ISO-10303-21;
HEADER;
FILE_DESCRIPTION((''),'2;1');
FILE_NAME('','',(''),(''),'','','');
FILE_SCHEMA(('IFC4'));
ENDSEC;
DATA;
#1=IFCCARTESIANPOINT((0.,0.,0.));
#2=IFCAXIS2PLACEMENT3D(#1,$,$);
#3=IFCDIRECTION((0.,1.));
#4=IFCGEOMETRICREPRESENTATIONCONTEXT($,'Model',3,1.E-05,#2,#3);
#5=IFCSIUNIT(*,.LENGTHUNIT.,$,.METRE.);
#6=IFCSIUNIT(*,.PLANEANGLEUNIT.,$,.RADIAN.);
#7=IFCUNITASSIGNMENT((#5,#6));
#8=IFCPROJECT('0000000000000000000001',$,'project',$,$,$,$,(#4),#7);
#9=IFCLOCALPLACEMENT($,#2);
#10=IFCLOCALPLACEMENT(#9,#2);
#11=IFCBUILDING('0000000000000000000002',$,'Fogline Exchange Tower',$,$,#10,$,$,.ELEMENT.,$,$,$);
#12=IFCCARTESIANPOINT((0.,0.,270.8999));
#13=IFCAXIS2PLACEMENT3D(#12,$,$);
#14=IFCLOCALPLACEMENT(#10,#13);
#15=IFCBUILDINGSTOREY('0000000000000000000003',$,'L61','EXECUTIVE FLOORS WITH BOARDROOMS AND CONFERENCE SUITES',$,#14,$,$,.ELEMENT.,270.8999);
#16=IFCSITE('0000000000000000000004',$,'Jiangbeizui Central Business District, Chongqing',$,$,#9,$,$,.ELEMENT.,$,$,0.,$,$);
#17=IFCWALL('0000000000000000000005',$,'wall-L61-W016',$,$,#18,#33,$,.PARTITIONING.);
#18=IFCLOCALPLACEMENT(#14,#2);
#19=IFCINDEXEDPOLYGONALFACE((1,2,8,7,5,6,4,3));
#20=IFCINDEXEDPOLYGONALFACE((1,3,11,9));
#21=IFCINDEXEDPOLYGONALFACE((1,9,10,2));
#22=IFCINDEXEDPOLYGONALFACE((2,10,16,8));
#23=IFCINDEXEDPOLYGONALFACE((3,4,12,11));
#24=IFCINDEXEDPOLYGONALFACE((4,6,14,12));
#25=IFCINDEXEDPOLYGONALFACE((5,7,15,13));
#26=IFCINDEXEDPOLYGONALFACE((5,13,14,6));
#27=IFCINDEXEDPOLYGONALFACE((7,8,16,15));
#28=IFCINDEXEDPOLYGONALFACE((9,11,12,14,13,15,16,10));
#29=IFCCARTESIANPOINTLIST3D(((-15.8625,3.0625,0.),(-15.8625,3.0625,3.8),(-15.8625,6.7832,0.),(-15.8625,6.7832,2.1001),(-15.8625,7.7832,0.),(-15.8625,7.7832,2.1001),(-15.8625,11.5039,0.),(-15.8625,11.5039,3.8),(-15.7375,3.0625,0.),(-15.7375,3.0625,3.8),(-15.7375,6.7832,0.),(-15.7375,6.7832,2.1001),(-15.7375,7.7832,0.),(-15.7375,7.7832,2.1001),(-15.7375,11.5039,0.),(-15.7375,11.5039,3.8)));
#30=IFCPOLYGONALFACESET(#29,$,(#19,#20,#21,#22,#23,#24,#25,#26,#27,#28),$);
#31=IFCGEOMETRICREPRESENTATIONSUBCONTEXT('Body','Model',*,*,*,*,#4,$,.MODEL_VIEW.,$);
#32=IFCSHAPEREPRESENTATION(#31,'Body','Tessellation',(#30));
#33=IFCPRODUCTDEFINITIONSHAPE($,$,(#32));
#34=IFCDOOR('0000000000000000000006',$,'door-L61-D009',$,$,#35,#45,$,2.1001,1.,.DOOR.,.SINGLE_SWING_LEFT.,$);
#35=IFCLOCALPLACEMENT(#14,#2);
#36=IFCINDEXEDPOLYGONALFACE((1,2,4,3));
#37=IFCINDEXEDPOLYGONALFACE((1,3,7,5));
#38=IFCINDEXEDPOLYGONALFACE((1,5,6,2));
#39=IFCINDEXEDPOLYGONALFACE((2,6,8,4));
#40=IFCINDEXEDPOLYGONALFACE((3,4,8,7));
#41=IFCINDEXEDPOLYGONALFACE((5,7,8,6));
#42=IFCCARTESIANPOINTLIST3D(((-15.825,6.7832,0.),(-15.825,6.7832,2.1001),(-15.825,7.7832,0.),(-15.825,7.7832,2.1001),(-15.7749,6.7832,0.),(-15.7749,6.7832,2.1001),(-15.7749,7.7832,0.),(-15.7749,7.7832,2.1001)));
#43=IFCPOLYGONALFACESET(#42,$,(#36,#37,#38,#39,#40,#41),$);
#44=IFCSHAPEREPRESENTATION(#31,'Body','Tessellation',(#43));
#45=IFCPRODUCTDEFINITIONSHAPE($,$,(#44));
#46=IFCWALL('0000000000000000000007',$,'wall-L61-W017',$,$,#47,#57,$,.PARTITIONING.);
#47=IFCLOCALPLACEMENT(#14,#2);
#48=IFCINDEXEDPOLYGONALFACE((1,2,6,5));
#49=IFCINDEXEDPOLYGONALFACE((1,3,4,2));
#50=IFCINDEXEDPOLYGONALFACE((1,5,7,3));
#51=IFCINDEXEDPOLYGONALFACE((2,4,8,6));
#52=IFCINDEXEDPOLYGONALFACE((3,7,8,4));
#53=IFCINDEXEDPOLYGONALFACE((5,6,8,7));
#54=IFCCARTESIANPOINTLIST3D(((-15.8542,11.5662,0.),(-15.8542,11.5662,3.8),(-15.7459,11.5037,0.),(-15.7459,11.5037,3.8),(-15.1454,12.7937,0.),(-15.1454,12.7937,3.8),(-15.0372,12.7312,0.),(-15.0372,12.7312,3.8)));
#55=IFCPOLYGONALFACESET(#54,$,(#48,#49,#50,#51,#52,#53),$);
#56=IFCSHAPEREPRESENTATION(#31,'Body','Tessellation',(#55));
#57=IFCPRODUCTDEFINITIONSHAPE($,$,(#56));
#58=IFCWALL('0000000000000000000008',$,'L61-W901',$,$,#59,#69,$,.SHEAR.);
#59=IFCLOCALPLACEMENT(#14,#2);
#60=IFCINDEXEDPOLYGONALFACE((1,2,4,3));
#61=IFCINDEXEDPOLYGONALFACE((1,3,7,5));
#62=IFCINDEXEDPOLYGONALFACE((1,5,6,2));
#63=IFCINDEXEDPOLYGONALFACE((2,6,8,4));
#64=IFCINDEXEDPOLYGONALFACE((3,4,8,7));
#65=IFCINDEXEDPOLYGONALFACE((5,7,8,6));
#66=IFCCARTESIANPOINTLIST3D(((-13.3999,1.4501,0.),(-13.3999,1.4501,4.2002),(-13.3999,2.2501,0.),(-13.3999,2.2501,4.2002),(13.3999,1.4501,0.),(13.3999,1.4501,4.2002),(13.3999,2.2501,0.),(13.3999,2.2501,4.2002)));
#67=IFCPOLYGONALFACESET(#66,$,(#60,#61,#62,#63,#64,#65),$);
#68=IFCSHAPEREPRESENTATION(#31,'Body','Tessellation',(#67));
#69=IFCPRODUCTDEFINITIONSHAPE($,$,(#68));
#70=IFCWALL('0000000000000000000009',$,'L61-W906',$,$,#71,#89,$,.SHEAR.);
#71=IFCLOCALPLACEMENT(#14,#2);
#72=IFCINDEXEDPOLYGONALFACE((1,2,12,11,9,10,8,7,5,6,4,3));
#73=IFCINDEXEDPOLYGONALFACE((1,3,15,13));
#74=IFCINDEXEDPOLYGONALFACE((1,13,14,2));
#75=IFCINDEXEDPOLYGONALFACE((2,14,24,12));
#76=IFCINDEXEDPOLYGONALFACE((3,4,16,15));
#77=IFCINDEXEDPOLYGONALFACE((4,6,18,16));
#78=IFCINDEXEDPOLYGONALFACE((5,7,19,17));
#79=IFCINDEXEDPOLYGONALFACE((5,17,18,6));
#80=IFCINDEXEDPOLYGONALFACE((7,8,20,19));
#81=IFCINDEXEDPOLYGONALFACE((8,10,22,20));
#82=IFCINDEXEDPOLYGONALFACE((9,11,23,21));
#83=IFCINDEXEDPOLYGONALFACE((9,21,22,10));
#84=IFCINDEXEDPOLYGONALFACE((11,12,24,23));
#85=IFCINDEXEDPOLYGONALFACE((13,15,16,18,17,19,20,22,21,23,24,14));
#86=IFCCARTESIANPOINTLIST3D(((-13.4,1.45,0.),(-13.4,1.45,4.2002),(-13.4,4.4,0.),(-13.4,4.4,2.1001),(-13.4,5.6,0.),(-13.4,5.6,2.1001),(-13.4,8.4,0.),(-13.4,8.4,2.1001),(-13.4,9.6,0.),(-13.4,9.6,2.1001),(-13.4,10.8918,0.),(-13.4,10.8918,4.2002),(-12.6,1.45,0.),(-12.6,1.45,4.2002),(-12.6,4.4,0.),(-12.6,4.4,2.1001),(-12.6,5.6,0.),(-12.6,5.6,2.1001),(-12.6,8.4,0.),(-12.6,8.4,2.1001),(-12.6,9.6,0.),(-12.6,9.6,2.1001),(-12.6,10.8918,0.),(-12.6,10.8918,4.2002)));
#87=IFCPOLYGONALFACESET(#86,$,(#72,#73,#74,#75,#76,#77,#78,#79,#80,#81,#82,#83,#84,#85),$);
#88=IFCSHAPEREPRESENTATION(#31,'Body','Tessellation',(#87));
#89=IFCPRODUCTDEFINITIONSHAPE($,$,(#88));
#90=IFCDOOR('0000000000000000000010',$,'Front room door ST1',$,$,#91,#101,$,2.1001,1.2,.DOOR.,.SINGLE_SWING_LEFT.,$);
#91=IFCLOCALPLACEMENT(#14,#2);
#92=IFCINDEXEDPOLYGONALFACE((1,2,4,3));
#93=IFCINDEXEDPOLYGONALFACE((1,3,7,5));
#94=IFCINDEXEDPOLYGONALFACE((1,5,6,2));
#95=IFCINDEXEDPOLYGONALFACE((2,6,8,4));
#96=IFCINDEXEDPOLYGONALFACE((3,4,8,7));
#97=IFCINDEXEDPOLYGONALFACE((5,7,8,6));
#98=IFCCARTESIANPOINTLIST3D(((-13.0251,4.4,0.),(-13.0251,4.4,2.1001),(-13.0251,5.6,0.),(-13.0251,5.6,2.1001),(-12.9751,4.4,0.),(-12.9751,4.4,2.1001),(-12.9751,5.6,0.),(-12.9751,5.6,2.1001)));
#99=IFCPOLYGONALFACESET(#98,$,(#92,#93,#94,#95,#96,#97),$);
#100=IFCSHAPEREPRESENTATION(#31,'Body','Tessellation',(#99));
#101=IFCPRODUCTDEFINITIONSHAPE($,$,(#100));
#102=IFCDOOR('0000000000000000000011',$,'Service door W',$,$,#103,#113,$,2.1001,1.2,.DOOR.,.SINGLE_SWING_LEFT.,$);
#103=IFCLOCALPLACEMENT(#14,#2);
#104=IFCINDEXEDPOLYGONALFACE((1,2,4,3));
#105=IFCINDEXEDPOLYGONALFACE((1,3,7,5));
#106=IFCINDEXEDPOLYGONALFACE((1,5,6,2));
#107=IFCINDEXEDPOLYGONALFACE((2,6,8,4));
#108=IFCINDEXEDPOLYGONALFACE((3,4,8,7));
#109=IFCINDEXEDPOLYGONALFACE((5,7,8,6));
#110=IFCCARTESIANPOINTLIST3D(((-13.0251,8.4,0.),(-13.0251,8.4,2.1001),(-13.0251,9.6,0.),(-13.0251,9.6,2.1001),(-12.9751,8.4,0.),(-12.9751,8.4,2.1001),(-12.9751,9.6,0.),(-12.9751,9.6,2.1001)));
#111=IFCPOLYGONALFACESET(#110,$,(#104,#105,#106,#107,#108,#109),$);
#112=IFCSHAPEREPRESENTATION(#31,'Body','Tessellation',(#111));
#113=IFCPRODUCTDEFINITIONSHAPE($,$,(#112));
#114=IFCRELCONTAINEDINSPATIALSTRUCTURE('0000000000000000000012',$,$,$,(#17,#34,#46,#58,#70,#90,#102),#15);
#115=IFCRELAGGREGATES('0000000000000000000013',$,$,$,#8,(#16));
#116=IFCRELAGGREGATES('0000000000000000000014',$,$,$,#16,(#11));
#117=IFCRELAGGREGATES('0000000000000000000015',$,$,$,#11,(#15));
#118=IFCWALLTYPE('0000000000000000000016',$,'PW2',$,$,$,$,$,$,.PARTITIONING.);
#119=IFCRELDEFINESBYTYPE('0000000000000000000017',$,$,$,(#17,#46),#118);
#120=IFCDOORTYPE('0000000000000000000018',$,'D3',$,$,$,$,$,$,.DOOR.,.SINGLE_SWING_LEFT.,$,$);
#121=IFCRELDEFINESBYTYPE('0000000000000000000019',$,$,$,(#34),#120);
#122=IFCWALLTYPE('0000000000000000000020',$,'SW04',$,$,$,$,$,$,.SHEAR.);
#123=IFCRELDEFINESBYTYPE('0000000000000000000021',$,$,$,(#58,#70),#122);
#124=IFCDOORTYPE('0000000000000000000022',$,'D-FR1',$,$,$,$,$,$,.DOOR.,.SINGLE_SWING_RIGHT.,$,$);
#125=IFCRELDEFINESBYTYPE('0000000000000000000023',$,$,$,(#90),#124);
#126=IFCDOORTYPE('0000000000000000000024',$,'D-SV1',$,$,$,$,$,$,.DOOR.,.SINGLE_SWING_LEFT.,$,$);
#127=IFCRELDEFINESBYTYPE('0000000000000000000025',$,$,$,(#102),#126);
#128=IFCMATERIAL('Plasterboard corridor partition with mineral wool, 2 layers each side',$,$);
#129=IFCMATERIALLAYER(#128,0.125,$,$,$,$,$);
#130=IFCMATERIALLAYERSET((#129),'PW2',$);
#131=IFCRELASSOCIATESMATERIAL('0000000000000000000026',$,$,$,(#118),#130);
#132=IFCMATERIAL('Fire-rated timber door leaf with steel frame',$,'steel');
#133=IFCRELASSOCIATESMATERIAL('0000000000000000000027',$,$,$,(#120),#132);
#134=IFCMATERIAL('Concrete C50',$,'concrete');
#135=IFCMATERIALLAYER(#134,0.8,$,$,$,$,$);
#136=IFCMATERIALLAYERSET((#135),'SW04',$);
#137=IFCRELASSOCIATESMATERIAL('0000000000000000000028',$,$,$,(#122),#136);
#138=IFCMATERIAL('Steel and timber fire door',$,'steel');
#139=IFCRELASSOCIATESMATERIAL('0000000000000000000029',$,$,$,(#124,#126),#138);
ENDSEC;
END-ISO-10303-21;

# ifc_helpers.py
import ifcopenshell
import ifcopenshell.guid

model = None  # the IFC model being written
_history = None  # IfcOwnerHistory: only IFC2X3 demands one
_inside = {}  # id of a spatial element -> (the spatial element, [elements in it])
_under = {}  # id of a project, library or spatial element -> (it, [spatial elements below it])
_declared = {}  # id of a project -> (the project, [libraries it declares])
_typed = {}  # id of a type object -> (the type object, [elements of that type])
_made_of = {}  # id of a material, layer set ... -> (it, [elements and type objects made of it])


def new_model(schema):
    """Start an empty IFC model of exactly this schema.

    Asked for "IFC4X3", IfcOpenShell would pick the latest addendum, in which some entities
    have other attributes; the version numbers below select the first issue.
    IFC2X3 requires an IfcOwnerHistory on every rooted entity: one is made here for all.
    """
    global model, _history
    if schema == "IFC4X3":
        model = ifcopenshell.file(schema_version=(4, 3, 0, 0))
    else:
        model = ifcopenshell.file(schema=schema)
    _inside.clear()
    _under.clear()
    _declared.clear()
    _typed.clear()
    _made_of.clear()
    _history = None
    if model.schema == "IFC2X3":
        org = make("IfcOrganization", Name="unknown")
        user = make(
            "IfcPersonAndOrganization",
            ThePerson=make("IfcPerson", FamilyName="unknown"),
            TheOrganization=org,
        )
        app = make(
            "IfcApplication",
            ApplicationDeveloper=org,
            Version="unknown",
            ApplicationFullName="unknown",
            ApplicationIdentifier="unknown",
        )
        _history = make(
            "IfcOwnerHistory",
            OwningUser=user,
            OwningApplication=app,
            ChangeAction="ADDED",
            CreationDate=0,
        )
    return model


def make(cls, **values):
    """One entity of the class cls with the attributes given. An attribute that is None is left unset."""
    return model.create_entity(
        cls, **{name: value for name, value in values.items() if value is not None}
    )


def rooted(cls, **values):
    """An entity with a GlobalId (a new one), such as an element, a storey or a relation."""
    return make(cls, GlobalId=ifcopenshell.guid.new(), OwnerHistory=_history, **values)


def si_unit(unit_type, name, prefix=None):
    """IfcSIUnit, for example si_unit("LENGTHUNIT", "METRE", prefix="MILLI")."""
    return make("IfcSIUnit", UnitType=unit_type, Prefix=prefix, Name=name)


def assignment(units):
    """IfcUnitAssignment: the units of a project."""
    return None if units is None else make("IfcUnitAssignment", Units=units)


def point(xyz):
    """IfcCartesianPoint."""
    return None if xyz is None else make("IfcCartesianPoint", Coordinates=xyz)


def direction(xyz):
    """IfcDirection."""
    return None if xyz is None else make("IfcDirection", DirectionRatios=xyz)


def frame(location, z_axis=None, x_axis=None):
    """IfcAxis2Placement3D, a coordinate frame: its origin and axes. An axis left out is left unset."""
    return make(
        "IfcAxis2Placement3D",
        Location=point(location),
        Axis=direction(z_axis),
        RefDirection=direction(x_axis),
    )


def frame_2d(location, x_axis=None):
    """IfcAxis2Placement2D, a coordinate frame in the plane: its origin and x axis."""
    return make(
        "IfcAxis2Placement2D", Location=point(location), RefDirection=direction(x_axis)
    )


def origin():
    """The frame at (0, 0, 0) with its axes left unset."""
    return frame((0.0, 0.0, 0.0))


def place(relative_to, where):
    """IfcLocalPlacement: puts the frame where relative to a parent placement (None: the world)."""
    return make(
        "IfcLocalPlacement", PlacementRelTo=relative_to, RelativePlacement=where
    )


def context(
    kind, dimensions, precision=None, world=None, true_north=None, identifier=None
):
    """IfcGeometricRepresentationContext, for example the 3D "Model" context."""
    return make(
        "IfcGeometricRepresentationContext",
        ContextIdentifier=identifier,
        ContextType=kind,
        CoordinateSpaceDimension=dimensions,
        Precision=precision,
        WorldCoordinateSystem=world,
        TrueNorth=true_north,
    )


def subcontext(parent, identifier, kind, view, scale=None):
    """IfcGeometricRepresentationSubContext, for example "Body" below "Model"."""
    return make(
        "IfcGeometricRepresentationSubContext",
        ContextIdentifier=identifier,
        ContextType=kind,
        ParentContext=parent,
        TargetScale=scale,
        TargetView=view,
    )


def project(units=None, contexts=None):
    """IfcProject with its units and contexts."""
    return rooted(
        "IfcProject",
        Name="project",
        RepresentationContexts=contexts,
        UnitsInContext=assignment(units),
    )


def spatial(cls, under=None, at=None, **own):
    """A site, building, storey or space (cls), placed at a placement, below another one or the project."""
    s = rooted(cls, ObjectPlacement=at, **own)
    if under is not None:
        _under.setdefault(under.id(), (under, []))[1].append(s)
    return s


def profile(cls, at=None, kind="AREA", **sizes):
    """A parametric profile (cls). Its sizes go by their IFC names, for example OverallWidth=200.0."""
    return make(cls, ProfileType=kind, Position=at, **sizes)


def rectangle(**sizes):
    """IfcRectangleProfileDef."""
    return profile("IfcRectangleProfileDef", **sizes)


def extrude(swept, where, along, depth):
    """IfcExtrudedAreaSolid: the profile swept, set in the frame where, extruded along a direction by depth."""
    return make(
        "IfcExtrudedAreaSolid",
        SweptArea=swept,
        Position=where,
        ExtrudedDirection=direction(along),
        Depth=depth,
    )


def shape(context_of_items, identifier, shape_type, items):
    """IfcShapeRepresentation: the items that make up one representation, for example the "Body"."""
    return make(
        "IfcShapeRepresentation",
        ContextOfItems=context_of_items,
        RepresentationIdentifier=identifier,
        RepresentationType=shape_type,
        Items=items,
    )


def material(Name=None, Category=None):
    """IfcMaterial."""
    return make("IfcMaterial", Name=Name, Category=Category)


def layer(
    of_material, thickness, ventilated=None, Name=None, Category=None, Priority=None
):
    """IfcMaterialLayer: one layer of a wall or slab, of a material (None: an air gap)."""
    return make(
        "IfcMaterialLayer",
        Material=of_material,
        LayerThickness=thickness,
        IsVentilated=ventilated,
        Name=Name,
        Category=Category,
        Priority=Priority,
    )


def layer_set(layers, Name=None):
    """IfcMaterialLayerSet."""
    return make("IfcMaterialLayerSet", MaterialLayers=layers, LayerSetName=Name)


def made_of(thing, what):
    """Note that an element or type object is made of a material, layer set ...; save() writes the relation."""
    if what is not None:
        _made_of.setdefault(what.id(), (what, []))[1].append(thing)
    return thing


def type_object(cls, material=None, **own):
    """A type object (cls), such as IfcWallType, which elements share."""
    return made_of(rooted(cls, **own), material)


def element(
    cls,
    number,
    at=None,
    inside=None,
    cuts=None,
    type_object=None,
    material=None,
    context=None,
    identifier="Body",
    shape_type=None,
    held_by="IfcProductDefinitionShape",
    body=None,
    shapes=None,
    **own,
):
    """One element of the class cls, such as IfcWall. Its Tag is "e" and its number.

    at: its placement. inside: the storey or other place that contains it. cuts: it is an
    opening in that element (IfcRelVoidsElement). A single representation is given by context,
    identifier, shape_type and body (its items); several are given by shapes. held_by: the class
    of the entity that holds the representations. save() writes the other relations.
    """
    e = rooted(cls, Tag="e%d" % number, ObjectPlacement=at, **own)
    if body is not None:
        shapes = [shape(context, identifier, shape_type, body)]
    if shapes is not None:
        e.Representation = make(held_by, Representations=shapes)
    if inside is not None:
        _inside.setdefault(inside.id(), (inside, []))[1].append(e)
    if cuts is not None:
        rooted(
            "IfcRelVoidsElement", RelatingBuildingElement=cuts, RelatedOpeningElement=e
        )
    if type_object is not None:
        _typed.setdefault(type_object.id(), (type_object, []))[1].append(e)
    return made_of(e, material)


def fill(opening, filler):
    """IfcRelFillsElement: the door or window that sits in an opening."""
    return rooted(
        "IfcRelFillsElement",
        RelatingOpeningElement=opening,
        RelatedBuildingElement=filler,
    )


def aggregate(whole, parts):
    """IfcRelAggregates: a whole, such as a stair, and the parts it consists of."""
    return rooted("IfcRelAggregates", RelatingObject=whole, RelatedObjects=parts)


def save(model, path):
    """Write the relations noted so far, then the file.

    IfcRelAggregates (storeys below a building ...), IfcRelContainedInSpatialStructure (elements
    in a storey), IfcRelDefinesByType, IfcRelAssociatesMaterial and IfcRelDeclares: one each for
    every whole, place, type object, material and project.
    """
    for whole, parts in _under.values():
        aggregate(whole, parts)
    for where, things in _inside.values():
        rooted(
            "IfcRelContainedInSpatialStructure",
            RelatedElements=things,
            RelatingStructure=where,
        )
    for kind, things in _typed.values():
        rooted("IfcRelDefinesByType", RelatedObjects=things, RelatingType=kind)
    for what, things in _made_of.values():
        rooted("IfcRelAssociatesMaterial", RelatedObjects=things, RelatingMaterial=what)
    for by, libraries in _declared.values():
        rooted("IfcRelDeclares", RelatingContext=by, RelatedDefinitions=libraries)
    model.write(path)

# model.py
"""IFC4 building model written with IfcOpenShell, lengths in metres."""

from ifc_helpers import new_model, si_unit, direction, frame, frame_2d, origin, place, context, subcontext, project, spatial, rectangle, extrude, material, layer, layer_set, type_object, element, fill, save


model = new_model("IFC4")

# Units and contexts
model_context = context("Model", 3, precision=1e-05, world=origin(), true_north=direction((0.0, 1.0)))
body_context = subcontext(model_context, "Body", "Model", "MODEL_VIEW")
ifc_project = project(units=[si_unit("LENGTHUNIT", "METRE"), si_unit("PLANEANGLEUNIT", "RADIAN")], contexts=[model_context])

# Site, building, storey
site_placement = place(None, origin())
site = spatial("IfcSite", under=ifc_project, at=site_placement, Name="Jiangbeizui Central Business District, Chongqing", CompositionType="ELEMENT", RefElevation=0.0)
building_placement = place(site_placement, origin())
building = spatial("IfcBuilding", under=site, at=building_placement, Name="Fogline Exchange Tower", CompositionType="ELEMENT")
storey_placement = place(building_placement, frame((0.0, 0.0, 270.8999)))
storey = spatial("IfcBuildingStorey", under=building, at=storey_placement, Name="L61", Description="EXECUTIVE FLOORS WITH BOARDROOMS AND CONFERENCE SUITES", CompositionType="ELEMENT", Elevation=270.8999)

# Shared definitions
ifc_material_1 = material(Name="Steel and timber fire door", Category="steel")

# Shared definitions
ifc_material_2 = material(Name="Plasterboard corridor partition with mineral wool, 2 layers each side")
ifc_layer_1 = layer(ifc_material_2, 0.125)
ifc_layer_set_1 = layer_set([ifc_layer_1], Name="PW2")
wall_type_1 = type_object("IfcWallType", Name="PW2", PredefinedType="PARTITIONING", material=ifc_layer_set_1)

# Wall, opening, door
wall_1_placement = place(storey_placement, frame((-15.8, 3.0625, 0.0), z_axis=(0.0, 0.0, 1.0), x_axis=(0.0, 1.0, 0.0)))
wall_1 = element("IfcWall", 1, at=wall_1_placement, inside=storey, type_object=wall_type_1, Name="wall-L61-W016", PredefinedType="PARTITIONING", context=body_context, shape_type="SweptSolid", body=[
    extrude(rectangle(XDim=8.4414, YDim=0.125, at=frame_2d((4.2207, 0.0))), origin(), (0.0, 0.0, 1.0), 3.8),
])
opening_1_placement = place(wall_1_placement, frame((3.7207, 0.0, 0.0)))
opening_1 = element("IfcOpeningElement", 2, at=opening_1_placement, cuts=wall_1, PredefinedType="OPENING", context=body_context, shape_type="SweptSolid", body=[
    extrude(rectangle(XDim=1.0, YDim=2.1001, at=frame_2d((0.5, 1.05))), frame((0.0, 0.0725, 0.0), z_axis=(0.0, -1.0, 0.0), x_axis=(1.0, 0.0, 0.0)), (0.0, 0.0, 1.0), 0.145),
])
ifc_material_3 = material(Name="Fire-rated timber door leaf with steel frame", Category="steel")
door_type_1 = type_object("IfcDoorType", Name="D3", OperationType="SINGLE_SWING_LEFT", PredefinedType="DOOR", material=ifc_material_3)
door_1_placement = place(opening_1_placement, origin())
door_1 = element("IfcDoor", 3, at=door_1_placement, inside=storey, type_object=door_type_1, Name="door-L61-D009", OperationType="SINGLE_SWING_LEFT", OverallHeight=2.1001, OverallWidth=1.0, PredefinedType="DOOR", context=body_context, shape_type="SweptSolid", body=[
    extrude(rectangle(XDim=1.0, YDim=2.1001, at=frame_2d((0.5, 1.05))), frame((0.0, 0.0249, 0.0), z_axis=(0.0, -1.0, 0.0), x_axis=(1.0, 0.0, 0.0)), (0.0, 0.0, 1.0), 0.05),
])
fill(opening_1, door_1)

# Walls
wall_2_placement = place(storey_placement, frame((-15.8, 11.5349, 0.0), z_axis=(0.0, 0.0, 1.0), x_axis=(0.500011, 0.866019, 0.0)))
element("IfcWall", 4, at=wall_2_placement, inside=storey, type_object=wall_type_1, Name="wall-L61-W017", PredefinedType="PARTITIONING", context=body_context, shape_type="SweptSolid", body=[
    extrude(rectangle(XDim=1.4175, YDim=0.125, at=frame_2d((0.7087, 0.0))), origin(), (0.0, 0.0, 1.0), 3.8),
])
ifc_material_4 = material(Name="Concrete C50", Category="concrete")
ifc_layer_2 = layer(ifc_material_4, 0.8)
ifc_layer_set_2 = layer_set([ifc_layer_2], Name="SW04")
wall_type_2 = type_object("IfcWallType", Name="SW04", PredefinedType="SHEAR", material=ifc_layer_set_2)
wall_3_placement = place(storey_placement, frame((-13.3999, 1.8501, 0.0), z_axis=(0.0, 0.0, 1.0), x_axis=(1.0, 0.0, 0.0)))
element("IfcWall", 5, at=wall_3_placement, inside=storey, type_object=wall_type_2, Name="L61-W901", PredefinedType="SHEAR", context=body_context, shape_type="SweptSolid", body=[
    extrude(rectangle(XDim=26.7998, YDim=0.8, at=frame_2d((13.3999, 0.0))), origin(), (0.0, 0.0, 1.0), 4.2002),
])

# Wall, openings, doors
wall_4_placement = place(storey_placement, frame((-13.0, 10.8918, 0.0), z_axis=(0.0, 0.0, 1.0), x_axis=(0.0, -1.0, 0.0)))
wall_4 = element("IfcWall", 6, at=wall_4_placement, inside=storey, type_object=wall_type_2, Name="L61-W906", PredefinedType="SHEAR", context=body_context, shape_type="SweptSolid", body=[
    extrude(rectangle(XDim=9.4419, YDim=0.8, at=frame_2d((4.7209, 0.0))), origin(), (0.0, 0.0, 1.0), 4.2002),
])
opening_2_placement = place(wall_4_placement, frame((5.2917, 0.0, 0.0)))
opening_2 = element("IfcOpeningElement", 7, at=opening_2_placement, cuts=wall_4, PredefinedType="OPENING", context=body_context, shape_type="SweptSolid", body=[
    extrude(rectangle(XDim=1.2, YDim=2.1001, at=frame_2d((0.6001, 1.05))), frame((0.0, 0.4102, 0.0), z_axis=(0.0, -1.0, 0.0), x_axis=(1.0, 0.0, 0.0)), (0.0, 0.0, 1.0), 0.8201),
])
opening_3_placement = place(wall_4_placement, frame((1.2917, 0.0, 0.0)))
opening_3 = element("IfcOpeningElement", 8, at=opening_3_placement, cuts=wall_4, PredefinedType="OPENING", context=body_context, shape_type="SweptSolid", body=[
    extrude(rectangle(XDim=1.2, YDim=2.1001, at=frame_2d((0.6001, 1.05))), frame((0.0, 0.4102, 0.0), z_axis=(0.0, -1.0, 0.0), x_axis=(1.0, 0.0, 0.0)), (0.0, 0.0, 1.0), 0.8201),
])
door_type_2 = type_object("IfcDoorType", Name="D-FR1", OperationType="SINGLE_SWING_RIGHT", PredefinedType="DOOR", material=ifc_material_1)
door_2_placement = place(opening_2_placement, origin())
door_2 = element("IfcDoor", 9, at=door_2_placement, inside=storey, type_object=door_type_2, Name="Front room door ST1", OperationType="SINGLE_SWING_LEFT", OverallHeight=2.1001, OverallWidth=1.2, PredefinedType="DOOR", context=body_context, shape_type="SweptSolid", body=[
    extrude(rectangle(XDim=1.2, YDim=2.1001, at=frame_2d((0.6001, 1.05))), frame((0.0, 0.0249, 0.0), z_axis=(0.0, -1.0, 0.0), x_axis=(1.0, 0.0, 0.0)), (0.0, 0.0, 1.0), 0.05),
])
fill(opening_2, door_2)
door_type_3 = type_object("IfcDoorType", Name="D-SV1", OperationType="SINGLE_SWING_LEFT", PredefinedType="DOOR", material=ifc_material_1)
door_3_placement = place(opening_3_placement, origin())
door_3 = element("IfcDoor", 10, at=door_3_placement, inside=storey, type_object=door_type_3, Name="Service door W", OperationType="SINGLE_SWING_LEFT", OverallHeight=2.1001, OverallWidth=1.2, PredefinedType="DOOR", context=body_context, shape_type="SweptSolid", body=[
    extrude(rectangle(XDim=1.2, YDim=2.1001, at=frame_2d((0.6001, 1.05))), frame((0.0, 0.0249, 0.0), z_axis=(0.0, -1.0, 0.0), x_axis=(1.0, 0.0, 0.0)), (0.0, 0.0, 1.0), 0.05),
])
fill(opening_3, door_3)

save(model, "model.ifc")
